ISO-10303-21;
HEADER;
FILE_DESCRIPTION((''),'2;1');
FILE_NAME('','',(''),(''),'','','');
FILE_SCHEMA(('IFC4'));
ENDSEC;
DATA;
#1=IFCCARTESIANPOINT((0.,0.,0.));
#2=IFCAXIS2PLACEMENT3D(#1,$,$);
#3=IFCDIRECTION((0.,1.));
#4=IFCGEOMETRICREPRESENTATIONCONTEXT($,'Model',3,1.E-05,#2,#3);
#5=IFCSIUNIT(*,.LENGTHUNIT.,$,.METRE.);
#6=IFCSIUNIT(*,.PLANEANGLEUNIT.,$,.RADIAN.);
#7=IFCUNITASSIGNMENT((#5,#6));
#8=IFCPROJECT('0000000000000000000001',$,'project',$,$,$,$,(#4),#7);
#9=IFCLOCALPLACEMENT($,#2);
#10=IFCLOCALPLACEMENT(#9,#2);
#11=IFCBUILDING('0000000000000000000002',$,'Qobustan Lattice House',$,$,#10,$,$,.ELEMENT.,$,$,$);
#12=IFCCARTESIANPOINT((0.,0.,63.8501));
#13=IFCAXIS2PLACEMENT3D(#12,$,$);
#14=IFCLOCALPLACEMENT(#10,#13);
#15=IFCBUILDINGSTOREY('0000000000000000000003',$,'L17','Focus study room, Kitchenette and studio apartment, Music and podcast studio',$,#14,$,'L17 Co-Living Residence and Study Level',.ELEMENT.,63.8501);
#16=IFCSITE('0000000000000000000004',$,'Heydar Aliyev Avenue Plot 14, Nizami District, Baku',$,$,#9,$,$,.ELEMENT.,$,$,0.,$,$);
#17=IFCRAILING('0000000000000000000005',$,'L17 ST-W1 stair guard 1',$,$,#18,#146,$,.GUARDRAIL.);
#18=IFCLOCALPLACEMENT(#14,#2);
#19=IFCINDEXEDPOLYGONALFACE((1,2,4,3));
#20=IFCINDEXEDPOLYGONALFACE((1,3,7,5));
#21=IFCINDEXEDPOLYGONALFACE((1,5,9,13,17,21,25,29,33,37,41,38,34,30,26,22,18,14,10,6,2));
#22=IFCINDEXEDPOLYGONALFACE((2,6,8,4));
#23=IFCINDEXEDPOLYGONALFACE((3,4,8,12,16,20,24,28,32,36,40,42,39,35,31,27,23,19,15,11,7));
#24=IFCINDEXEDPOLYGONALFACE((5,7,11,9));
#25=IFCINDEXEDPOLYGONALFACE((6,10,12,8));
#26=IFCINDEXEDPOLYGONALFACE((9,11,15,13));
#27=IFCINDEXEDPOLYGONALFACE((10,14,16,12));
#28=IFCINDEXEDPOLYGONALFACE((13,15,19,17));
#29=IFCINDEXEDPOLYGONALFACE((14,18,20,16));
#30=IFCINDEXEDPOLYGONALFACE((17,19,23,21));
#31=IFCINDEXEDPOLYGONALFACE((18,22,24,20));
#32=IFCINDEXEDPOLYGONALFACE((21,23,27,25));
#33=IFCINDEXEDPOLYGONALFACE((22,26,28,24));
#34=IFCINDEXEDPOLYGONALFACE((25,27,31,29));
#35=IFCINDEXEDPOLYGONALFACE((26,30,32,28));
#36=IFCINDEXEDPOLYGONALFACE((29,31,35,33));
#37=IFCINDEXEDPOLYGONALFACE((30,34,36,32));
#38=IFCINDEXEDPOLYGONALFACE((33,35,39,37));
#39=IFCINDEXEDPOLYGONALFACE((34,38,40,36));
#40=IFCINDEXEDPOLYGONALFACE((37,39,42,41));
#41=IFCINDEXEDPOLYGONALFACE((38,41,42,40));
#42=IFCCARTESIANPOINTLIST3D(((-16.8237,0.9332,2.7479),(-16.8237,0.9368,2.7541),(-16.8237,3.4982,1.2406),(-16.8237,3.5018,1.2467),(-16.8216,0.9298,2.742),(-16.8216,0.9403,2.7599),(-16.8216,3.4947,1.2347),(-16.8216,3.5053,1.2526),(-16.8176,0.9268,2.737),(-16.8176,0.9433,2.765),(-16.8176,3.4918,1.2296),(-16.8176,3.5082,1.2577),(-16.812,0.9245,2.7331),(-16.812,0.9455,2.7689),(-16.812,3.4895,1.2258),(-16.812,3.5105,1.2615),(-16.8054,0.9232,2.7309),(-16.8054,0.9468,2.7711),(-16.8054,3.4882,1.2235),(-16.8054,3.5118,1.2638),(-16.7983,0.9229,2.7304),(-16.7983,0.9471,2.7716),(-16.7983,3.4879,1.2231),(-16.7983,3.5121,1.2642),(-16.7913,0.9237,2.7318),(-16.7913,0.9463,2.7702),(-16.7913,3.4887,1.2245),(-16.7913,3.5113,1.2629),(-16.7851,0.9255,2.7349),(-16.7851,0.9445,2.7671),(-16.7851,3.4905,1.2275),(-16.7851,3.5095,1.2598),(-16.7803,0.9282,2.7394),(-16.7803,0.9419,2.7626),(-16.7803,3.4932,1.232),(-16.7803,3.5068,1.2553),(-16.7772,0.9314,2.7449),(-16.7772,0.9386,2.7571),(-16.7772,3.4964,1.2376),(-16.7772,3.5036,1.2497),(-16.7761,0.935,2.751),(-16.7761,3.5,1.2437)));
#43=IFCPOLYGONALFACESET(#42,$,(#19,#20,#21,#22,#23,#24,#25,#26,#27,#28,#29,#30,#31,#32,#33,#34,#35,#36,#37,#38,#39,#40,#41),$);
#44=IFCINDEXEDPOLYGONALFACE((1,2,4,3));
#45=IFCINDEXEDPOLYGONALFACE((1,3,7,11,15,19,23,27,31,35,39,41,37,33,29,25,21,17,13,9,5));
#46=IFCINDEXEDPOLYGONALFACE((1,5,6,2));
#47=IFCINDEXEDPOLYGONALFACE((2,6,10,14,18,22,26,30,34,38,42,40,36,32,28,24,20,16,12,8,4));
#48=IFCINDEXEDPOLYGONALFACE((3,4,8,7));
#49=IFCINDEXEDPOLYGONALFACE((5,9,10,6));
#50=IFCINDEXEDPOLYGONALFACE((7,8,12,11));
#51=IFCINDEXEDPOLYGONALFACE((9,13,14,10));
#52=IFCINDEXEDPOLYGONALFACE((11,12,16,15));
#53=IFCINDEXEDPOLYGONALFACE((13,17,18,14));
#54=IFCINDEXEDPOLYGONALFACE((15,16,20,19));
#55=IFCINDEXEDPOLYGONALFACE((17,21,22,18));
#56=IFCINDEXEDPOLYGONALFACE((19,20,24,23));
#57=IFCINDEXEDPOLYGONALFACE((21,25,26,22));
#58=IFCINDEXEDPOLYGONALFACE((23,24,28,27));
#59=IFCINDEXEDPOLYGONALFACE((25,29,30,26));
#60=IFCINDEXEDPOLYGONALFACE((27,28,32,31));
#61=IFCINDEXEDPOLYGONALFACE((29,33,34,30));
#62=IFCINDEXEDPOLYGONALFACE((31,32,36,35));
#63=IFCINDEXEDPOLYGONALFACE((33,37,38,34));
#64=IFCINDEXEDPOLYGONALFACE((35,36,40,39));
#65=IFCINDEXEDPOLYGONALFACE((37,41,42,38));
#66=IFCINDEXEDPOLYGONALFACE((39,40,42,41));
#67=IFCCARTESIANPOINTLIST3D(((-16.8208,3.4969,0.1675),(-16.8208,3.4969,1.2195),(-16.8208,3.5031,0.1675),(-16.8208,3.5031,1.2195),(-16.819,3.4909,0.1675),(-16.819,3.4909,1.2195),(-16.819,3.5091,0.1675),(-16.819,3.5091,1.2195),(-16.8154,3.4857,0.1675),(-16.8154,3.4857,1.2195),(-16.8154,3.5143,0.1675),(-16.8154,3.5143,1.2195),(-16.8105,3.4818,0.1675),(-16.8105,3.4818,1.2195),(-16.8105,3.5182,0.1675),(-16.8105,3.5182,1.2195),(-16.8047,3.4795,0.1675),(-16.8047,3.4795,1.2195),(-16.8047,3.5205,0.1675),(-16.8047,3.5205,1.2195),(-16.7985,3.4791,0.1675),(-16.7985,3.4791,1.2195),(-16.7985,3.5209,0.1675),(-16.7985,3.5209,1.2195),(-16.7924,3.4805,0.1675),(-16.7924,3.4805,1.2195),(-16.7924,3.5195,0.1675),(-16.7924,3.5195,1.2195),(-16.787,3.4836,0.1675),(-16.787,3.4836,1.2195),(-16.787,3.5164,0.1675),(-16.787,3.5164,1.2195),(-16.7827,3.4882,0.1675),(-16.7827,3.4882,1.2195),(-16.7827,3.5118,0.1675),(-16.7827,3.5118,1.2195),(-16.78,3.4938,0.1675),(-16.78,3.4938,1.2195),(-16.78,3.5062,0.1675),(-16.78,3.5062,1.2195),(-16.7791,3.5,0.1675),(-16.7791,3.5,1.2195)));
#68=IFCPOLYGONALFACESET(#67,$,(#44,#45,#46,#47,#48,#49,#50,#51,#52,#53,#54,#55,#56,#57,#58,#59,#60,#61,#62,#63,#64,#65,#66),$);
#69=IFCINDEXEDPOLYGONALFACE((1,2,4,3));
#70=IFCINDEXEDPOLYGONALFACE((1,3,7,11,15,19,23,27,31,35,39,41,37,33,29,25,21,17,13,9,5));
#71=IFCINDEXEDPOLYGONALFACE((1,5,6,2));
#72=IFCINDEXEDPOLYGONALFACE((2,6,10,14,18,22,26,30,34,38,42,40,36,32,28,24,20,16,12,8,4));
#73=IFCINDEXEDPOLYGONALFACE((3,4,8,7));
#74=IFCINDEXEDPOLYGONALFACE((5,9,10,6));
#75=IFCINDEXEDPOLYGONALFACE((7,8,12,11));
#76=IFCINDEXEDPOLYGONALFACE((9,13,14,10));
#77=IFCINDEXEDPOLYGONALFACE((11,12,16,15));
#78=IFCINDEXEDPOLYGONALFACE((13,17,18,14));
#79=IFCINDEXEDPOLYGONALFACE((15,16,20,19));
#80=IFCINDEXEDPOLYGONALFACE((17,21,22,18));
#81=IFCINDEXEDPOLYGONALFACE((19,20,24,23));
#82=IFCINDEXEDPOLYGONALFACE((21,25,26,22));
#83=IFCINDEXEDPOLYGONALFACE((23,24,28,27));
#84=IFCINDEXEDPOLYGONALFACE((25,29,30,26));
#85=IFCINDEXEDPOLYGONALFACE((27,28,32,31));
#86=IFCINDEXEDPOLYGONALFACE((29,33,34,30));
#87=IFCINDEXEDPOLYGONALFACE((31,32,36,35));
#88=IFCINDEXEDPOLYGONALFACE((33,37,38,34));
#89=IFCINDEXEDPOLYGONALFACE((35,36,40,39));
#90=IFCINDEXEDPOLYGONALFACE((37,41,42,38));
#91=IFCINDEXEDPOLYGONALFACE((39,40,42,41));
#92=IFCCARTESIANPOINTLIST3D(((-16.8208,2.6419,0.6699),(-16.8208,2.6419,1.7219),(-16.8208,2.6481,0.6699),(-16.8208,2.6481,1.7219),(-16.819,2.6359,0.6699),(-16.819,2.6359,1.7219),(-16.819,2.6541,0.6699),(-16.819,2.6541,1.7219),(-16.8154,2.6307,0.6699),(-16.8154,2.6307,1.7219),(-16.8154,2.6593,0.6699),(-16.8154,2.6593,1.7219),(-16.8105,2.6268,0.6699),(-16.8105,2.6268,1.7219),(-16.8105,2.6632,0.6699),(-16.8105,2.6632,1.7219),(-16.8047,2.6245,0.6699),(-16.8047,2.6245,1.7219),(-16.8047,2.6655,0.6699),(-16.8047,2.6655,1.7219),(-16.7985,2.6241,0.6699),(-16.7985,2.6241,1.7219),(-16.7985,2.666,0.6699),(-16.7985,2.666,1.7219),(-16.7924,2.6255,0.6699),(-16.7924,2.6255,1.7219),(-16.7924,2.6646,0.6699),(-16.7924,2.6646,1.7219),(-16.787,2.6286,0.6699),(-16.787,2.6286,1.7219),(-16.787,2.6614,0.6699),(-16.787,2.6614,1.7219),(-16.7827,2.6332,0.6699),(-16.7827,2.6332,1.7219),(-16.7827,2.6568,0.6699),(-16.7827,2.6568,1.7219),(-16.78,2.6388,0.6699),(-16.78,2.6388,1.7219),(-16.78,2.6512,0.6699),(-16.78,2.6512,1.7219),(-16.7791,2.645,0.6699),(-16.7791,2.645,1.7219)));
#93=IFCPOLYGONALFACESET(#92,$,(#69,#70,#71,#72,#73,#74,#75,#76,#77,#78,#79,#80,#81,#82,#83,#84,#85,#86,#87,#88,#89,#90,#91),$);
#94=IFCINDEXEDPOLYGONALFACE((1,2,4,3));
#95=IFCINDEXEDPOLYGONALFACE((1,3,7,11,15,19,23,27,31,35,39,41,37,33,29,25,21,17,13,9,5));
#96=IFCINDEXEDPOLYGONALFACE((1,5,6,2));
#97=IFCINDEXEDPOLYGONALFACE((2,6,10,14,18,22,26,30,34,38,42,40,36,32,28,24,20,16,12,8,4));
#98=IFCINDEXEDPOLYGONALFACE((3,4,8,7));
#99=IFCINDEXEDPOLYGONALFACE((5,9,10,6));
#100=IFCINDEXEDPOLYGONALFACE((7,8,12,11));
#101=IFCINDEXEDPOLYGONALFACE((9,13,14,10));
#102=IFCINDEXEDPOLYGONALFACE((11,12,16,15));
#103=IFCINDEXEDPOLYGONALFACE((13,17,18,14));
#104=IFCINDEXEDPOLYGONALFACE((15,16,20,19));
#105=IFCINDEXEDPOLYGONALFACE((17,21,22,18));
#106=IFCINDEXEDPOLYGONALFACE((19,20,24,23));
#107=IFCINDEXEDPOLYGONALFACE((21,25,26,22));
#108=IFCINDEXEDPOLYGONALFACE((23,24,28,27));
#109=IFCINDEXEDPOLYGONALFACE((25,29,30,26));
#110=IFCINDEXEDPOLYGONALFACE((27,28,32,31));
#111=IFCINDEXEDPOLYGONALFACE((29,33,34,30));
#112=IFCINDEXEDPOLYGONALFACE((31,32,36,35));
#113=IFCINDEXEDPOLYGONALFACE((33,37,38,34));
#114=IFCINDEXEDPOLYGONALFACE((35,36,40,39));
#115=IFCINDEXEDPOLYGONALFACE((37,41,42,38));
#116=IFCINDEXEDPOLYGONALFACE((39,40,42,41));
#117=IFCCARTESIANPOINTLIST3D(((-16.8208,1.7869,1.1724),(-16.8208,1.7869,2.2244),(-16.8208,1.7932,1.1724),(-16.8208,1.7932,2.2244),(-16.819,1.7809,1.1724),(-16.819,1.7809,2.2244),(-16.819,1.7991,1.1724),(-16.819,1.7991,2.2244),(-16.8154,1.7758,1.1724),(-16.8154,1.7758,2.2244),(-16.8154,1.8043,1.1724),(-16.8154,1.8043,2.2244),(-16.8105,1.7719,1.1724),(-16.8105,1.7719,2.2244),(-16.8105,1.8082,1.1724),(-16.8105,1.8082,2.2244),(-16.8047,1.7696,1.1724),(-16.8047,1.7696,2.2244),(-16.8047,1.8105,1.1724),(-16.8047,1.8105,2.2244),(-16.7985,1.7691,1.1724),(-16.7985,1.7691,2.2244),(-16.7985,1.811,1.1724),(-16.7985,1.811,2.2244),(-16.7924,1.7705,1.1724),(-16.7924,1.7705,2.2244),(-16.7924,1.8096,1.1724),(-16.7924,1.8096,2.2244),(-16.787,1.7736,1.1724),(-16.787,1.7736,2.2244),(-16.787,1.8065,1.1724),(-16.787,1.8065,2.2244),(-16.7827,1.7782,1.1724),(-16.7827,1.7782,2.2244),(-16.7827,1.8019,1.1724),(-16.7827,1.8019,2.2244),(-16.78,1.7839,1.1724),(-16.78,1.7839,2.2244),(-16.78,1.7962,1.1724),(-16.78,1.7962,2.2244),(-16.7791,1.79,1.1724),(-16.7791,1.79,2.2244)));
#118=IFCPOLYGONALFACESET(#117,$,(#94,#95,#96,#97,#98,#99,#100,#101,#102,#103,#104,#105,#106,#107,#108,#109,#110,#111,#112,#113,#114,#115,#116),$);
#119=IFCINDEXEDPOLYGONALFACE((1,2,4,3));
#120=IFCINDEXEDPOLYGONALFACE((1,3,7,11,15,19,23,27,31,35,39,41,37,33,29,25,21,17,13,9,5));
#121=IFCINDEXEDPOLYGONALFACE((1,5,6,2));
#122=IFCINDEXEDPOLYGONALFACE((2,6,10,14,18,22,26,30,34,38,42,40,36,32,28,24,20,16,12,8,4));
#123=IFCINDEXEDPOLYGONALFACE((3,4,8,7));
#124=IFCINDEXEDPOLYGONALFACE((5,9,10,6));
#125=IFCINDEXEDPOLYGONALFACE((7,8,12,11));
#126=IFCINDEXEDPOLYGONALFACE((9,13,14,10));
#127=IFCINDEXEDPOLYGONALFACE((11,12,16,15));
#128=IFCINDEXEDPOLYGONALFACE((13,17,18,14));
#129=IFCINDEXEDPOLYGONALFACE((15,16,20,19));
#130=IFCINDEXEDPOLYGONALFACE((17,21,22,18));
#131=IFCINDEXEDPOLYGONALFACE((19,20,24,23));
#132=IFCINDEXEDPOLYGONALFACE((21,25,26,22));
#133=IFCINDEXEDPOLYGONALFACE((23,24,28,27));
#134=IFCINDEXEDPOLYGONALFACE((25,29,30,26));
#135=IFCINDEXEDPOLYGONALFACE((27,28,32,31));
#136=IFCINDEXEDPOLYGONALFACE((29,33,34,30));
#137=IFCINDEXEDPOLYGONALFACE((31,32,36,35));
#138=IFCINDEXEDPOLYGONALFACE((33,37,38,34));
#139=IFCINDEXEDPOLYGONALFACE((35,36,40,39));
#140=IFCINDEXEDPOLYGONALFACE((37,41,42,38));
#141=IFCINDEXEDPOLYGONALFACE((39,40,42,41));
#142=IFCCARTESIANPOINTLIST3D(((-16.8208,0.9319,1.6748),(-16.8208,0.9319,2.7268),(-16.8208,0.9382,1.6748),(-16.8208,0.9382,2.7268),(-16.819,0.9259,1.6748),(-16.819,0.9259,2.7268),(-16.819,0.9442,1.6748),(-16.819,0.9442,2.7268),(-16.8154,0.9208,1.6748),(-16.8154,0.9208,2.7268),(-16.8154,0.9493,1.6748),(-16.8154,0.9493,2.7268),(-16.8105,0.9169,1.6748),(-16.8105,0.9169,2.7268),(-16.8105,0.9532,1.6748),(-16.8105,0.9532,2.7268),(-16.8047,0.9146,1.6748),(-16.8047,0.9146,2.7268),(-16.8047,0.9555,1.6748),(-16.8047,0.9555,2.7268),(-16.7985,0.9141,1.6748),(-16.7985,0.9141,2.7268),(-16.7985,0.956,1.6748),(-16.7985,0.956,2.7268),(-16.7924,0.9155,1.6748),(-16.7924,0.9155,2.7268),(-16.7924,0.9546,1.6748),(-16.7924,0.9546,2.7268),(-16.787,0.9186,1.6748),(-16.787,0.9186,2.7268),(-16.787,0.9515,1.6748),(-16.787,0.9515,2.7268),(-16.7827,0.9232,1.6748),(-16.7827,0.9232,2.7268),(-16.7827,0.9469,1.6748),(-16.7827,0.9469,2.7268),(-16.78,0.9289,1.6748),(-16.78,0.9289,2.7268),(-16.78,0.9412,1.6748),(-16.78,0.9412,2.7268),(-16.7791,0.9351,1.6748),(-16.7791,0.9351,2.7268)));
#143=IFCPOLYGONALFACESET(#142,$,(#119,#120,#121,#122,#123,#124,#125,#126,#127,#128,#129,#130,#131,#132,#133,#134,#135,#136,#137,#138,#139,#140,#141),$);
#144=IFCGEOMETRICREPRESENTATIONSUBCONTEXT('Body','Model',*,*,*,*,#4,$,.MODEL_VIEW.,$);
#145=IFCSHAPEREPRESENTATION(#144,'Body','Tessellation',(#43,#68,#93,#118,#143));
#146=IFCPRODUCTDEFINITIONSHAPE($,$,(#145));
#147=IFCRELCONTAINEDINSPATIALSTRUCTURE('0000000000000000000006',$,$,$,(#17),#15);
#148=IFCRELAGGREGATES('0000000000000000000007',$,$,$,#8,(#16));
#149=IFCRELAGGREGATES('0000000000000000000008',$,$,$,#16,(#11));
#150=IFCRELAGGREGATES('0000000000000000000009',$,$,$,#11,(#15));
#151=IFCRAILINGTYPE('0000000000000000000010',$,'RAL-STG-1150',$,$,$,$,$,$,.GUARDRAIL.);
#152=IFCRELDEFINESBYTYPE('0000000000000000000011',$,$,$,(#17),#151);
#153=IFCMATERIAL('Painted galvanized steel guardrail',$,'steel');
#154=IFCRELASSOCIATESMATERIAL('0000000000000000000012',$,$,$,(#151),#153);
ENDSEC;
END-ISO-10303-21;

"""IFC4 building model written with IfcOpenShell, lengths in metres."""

from ifc_helpers import new_model, si_unit, direction, frame, origin, origin_2d, place, context, subcontext, project, spatial, circle, extrude, material, type_object, element, save


model = new_model("IFC4")

# Units and contexts
model_context = context("Model", 3, precision=1e-05, world=origin(), true_north=direction((0.0, 1.0)))
body_context = subcontext(model_context, "Body", "Model", "MODEL_VIEW")
ifc_project = project(units=[si_unit("LENGTHUNIT", "METRE"), si_unit("PLANEANGLEUNIT", "RADIAN")], contexts=[model_context])

# Site, building, storey
site_placement = place(None, origin())
site = spatial("IfcSite", under=ifc_project, at=site_placement, Name="Heydar Aliyev Avenue Plot 14, Nizami District, Baku", CompositionType="ELEMENT", RefElevation=0.0)
building_placement = place(site_placement, origin())
building = spatial("IfcBuilding", under=site, at=building_placement, Name="Qobustan Lattice House", CompositionType="ELEMENT")
storey_placement = place(building_placement, frame((0.0, 0.0, 63.8501)))
storey = spatial("IfcBuildingStorey", under=building, at=storey_placement, Name="L17", Description="Focus study room, Kitchenette and studio apartment, Music and podcast studio", LongName="L17 Co-Living Residence and Study Level", CompositionType="ELEMENT", Elevation=63.8501)

# Railing
ifc_material_1 = material(Name="Painted galvanized steel guardrail", Category="steel")
railing_type_1 = type_object("IfcRailingType", Name="RAL-STG-1150", PredefinedType="GUARDRAIL", material=ifc_material_1)
railing_1_placement = place(storey_placement, frame((-16.8, 3.5, 0.1675)))
element("IfcRailing", 1, at=railing_1_placement, inside=storey, type_object=railing_type_1, Name="L17 ST-W1 stair guard 1", PredefinedType="GUARDRAIL", context=body_context, shape_type="SweptSolid", body=[
    extrude(circle(Radius=0.0239, at=origin_2d()), frame((0.0, 0.0, 1.0762), z_axis=(0.0, -0.862149, 0.506654), x_axis=(1.0, 0.0, 0.0)), (0.0, 0.0, 1.0), 2.9751),
    extrude(circle(Radius=0.021, at=origin_2d()), origin(), (0.0, 0.0, 1.0), 1.052),
    extrude(circle(Radius=0.021, at=origin_2d()), frame((0.0, -0.855, 0.5024)), (0.0, 0.0, 1.0), 1.052),
    extrude(circle(Radius=0.021, at=origin_2d()), frame((0.0, -1.71, 1.0049)), (0.0, 0.0, 1.0), 1.052),
    extrude(circle(Radius=0.021, at=origin_2d()), frame((0.0, -2.5649, 1.5073)), (0.0, 0.0, 1.0), 1.052),
])

save(model, "model.ifc")
